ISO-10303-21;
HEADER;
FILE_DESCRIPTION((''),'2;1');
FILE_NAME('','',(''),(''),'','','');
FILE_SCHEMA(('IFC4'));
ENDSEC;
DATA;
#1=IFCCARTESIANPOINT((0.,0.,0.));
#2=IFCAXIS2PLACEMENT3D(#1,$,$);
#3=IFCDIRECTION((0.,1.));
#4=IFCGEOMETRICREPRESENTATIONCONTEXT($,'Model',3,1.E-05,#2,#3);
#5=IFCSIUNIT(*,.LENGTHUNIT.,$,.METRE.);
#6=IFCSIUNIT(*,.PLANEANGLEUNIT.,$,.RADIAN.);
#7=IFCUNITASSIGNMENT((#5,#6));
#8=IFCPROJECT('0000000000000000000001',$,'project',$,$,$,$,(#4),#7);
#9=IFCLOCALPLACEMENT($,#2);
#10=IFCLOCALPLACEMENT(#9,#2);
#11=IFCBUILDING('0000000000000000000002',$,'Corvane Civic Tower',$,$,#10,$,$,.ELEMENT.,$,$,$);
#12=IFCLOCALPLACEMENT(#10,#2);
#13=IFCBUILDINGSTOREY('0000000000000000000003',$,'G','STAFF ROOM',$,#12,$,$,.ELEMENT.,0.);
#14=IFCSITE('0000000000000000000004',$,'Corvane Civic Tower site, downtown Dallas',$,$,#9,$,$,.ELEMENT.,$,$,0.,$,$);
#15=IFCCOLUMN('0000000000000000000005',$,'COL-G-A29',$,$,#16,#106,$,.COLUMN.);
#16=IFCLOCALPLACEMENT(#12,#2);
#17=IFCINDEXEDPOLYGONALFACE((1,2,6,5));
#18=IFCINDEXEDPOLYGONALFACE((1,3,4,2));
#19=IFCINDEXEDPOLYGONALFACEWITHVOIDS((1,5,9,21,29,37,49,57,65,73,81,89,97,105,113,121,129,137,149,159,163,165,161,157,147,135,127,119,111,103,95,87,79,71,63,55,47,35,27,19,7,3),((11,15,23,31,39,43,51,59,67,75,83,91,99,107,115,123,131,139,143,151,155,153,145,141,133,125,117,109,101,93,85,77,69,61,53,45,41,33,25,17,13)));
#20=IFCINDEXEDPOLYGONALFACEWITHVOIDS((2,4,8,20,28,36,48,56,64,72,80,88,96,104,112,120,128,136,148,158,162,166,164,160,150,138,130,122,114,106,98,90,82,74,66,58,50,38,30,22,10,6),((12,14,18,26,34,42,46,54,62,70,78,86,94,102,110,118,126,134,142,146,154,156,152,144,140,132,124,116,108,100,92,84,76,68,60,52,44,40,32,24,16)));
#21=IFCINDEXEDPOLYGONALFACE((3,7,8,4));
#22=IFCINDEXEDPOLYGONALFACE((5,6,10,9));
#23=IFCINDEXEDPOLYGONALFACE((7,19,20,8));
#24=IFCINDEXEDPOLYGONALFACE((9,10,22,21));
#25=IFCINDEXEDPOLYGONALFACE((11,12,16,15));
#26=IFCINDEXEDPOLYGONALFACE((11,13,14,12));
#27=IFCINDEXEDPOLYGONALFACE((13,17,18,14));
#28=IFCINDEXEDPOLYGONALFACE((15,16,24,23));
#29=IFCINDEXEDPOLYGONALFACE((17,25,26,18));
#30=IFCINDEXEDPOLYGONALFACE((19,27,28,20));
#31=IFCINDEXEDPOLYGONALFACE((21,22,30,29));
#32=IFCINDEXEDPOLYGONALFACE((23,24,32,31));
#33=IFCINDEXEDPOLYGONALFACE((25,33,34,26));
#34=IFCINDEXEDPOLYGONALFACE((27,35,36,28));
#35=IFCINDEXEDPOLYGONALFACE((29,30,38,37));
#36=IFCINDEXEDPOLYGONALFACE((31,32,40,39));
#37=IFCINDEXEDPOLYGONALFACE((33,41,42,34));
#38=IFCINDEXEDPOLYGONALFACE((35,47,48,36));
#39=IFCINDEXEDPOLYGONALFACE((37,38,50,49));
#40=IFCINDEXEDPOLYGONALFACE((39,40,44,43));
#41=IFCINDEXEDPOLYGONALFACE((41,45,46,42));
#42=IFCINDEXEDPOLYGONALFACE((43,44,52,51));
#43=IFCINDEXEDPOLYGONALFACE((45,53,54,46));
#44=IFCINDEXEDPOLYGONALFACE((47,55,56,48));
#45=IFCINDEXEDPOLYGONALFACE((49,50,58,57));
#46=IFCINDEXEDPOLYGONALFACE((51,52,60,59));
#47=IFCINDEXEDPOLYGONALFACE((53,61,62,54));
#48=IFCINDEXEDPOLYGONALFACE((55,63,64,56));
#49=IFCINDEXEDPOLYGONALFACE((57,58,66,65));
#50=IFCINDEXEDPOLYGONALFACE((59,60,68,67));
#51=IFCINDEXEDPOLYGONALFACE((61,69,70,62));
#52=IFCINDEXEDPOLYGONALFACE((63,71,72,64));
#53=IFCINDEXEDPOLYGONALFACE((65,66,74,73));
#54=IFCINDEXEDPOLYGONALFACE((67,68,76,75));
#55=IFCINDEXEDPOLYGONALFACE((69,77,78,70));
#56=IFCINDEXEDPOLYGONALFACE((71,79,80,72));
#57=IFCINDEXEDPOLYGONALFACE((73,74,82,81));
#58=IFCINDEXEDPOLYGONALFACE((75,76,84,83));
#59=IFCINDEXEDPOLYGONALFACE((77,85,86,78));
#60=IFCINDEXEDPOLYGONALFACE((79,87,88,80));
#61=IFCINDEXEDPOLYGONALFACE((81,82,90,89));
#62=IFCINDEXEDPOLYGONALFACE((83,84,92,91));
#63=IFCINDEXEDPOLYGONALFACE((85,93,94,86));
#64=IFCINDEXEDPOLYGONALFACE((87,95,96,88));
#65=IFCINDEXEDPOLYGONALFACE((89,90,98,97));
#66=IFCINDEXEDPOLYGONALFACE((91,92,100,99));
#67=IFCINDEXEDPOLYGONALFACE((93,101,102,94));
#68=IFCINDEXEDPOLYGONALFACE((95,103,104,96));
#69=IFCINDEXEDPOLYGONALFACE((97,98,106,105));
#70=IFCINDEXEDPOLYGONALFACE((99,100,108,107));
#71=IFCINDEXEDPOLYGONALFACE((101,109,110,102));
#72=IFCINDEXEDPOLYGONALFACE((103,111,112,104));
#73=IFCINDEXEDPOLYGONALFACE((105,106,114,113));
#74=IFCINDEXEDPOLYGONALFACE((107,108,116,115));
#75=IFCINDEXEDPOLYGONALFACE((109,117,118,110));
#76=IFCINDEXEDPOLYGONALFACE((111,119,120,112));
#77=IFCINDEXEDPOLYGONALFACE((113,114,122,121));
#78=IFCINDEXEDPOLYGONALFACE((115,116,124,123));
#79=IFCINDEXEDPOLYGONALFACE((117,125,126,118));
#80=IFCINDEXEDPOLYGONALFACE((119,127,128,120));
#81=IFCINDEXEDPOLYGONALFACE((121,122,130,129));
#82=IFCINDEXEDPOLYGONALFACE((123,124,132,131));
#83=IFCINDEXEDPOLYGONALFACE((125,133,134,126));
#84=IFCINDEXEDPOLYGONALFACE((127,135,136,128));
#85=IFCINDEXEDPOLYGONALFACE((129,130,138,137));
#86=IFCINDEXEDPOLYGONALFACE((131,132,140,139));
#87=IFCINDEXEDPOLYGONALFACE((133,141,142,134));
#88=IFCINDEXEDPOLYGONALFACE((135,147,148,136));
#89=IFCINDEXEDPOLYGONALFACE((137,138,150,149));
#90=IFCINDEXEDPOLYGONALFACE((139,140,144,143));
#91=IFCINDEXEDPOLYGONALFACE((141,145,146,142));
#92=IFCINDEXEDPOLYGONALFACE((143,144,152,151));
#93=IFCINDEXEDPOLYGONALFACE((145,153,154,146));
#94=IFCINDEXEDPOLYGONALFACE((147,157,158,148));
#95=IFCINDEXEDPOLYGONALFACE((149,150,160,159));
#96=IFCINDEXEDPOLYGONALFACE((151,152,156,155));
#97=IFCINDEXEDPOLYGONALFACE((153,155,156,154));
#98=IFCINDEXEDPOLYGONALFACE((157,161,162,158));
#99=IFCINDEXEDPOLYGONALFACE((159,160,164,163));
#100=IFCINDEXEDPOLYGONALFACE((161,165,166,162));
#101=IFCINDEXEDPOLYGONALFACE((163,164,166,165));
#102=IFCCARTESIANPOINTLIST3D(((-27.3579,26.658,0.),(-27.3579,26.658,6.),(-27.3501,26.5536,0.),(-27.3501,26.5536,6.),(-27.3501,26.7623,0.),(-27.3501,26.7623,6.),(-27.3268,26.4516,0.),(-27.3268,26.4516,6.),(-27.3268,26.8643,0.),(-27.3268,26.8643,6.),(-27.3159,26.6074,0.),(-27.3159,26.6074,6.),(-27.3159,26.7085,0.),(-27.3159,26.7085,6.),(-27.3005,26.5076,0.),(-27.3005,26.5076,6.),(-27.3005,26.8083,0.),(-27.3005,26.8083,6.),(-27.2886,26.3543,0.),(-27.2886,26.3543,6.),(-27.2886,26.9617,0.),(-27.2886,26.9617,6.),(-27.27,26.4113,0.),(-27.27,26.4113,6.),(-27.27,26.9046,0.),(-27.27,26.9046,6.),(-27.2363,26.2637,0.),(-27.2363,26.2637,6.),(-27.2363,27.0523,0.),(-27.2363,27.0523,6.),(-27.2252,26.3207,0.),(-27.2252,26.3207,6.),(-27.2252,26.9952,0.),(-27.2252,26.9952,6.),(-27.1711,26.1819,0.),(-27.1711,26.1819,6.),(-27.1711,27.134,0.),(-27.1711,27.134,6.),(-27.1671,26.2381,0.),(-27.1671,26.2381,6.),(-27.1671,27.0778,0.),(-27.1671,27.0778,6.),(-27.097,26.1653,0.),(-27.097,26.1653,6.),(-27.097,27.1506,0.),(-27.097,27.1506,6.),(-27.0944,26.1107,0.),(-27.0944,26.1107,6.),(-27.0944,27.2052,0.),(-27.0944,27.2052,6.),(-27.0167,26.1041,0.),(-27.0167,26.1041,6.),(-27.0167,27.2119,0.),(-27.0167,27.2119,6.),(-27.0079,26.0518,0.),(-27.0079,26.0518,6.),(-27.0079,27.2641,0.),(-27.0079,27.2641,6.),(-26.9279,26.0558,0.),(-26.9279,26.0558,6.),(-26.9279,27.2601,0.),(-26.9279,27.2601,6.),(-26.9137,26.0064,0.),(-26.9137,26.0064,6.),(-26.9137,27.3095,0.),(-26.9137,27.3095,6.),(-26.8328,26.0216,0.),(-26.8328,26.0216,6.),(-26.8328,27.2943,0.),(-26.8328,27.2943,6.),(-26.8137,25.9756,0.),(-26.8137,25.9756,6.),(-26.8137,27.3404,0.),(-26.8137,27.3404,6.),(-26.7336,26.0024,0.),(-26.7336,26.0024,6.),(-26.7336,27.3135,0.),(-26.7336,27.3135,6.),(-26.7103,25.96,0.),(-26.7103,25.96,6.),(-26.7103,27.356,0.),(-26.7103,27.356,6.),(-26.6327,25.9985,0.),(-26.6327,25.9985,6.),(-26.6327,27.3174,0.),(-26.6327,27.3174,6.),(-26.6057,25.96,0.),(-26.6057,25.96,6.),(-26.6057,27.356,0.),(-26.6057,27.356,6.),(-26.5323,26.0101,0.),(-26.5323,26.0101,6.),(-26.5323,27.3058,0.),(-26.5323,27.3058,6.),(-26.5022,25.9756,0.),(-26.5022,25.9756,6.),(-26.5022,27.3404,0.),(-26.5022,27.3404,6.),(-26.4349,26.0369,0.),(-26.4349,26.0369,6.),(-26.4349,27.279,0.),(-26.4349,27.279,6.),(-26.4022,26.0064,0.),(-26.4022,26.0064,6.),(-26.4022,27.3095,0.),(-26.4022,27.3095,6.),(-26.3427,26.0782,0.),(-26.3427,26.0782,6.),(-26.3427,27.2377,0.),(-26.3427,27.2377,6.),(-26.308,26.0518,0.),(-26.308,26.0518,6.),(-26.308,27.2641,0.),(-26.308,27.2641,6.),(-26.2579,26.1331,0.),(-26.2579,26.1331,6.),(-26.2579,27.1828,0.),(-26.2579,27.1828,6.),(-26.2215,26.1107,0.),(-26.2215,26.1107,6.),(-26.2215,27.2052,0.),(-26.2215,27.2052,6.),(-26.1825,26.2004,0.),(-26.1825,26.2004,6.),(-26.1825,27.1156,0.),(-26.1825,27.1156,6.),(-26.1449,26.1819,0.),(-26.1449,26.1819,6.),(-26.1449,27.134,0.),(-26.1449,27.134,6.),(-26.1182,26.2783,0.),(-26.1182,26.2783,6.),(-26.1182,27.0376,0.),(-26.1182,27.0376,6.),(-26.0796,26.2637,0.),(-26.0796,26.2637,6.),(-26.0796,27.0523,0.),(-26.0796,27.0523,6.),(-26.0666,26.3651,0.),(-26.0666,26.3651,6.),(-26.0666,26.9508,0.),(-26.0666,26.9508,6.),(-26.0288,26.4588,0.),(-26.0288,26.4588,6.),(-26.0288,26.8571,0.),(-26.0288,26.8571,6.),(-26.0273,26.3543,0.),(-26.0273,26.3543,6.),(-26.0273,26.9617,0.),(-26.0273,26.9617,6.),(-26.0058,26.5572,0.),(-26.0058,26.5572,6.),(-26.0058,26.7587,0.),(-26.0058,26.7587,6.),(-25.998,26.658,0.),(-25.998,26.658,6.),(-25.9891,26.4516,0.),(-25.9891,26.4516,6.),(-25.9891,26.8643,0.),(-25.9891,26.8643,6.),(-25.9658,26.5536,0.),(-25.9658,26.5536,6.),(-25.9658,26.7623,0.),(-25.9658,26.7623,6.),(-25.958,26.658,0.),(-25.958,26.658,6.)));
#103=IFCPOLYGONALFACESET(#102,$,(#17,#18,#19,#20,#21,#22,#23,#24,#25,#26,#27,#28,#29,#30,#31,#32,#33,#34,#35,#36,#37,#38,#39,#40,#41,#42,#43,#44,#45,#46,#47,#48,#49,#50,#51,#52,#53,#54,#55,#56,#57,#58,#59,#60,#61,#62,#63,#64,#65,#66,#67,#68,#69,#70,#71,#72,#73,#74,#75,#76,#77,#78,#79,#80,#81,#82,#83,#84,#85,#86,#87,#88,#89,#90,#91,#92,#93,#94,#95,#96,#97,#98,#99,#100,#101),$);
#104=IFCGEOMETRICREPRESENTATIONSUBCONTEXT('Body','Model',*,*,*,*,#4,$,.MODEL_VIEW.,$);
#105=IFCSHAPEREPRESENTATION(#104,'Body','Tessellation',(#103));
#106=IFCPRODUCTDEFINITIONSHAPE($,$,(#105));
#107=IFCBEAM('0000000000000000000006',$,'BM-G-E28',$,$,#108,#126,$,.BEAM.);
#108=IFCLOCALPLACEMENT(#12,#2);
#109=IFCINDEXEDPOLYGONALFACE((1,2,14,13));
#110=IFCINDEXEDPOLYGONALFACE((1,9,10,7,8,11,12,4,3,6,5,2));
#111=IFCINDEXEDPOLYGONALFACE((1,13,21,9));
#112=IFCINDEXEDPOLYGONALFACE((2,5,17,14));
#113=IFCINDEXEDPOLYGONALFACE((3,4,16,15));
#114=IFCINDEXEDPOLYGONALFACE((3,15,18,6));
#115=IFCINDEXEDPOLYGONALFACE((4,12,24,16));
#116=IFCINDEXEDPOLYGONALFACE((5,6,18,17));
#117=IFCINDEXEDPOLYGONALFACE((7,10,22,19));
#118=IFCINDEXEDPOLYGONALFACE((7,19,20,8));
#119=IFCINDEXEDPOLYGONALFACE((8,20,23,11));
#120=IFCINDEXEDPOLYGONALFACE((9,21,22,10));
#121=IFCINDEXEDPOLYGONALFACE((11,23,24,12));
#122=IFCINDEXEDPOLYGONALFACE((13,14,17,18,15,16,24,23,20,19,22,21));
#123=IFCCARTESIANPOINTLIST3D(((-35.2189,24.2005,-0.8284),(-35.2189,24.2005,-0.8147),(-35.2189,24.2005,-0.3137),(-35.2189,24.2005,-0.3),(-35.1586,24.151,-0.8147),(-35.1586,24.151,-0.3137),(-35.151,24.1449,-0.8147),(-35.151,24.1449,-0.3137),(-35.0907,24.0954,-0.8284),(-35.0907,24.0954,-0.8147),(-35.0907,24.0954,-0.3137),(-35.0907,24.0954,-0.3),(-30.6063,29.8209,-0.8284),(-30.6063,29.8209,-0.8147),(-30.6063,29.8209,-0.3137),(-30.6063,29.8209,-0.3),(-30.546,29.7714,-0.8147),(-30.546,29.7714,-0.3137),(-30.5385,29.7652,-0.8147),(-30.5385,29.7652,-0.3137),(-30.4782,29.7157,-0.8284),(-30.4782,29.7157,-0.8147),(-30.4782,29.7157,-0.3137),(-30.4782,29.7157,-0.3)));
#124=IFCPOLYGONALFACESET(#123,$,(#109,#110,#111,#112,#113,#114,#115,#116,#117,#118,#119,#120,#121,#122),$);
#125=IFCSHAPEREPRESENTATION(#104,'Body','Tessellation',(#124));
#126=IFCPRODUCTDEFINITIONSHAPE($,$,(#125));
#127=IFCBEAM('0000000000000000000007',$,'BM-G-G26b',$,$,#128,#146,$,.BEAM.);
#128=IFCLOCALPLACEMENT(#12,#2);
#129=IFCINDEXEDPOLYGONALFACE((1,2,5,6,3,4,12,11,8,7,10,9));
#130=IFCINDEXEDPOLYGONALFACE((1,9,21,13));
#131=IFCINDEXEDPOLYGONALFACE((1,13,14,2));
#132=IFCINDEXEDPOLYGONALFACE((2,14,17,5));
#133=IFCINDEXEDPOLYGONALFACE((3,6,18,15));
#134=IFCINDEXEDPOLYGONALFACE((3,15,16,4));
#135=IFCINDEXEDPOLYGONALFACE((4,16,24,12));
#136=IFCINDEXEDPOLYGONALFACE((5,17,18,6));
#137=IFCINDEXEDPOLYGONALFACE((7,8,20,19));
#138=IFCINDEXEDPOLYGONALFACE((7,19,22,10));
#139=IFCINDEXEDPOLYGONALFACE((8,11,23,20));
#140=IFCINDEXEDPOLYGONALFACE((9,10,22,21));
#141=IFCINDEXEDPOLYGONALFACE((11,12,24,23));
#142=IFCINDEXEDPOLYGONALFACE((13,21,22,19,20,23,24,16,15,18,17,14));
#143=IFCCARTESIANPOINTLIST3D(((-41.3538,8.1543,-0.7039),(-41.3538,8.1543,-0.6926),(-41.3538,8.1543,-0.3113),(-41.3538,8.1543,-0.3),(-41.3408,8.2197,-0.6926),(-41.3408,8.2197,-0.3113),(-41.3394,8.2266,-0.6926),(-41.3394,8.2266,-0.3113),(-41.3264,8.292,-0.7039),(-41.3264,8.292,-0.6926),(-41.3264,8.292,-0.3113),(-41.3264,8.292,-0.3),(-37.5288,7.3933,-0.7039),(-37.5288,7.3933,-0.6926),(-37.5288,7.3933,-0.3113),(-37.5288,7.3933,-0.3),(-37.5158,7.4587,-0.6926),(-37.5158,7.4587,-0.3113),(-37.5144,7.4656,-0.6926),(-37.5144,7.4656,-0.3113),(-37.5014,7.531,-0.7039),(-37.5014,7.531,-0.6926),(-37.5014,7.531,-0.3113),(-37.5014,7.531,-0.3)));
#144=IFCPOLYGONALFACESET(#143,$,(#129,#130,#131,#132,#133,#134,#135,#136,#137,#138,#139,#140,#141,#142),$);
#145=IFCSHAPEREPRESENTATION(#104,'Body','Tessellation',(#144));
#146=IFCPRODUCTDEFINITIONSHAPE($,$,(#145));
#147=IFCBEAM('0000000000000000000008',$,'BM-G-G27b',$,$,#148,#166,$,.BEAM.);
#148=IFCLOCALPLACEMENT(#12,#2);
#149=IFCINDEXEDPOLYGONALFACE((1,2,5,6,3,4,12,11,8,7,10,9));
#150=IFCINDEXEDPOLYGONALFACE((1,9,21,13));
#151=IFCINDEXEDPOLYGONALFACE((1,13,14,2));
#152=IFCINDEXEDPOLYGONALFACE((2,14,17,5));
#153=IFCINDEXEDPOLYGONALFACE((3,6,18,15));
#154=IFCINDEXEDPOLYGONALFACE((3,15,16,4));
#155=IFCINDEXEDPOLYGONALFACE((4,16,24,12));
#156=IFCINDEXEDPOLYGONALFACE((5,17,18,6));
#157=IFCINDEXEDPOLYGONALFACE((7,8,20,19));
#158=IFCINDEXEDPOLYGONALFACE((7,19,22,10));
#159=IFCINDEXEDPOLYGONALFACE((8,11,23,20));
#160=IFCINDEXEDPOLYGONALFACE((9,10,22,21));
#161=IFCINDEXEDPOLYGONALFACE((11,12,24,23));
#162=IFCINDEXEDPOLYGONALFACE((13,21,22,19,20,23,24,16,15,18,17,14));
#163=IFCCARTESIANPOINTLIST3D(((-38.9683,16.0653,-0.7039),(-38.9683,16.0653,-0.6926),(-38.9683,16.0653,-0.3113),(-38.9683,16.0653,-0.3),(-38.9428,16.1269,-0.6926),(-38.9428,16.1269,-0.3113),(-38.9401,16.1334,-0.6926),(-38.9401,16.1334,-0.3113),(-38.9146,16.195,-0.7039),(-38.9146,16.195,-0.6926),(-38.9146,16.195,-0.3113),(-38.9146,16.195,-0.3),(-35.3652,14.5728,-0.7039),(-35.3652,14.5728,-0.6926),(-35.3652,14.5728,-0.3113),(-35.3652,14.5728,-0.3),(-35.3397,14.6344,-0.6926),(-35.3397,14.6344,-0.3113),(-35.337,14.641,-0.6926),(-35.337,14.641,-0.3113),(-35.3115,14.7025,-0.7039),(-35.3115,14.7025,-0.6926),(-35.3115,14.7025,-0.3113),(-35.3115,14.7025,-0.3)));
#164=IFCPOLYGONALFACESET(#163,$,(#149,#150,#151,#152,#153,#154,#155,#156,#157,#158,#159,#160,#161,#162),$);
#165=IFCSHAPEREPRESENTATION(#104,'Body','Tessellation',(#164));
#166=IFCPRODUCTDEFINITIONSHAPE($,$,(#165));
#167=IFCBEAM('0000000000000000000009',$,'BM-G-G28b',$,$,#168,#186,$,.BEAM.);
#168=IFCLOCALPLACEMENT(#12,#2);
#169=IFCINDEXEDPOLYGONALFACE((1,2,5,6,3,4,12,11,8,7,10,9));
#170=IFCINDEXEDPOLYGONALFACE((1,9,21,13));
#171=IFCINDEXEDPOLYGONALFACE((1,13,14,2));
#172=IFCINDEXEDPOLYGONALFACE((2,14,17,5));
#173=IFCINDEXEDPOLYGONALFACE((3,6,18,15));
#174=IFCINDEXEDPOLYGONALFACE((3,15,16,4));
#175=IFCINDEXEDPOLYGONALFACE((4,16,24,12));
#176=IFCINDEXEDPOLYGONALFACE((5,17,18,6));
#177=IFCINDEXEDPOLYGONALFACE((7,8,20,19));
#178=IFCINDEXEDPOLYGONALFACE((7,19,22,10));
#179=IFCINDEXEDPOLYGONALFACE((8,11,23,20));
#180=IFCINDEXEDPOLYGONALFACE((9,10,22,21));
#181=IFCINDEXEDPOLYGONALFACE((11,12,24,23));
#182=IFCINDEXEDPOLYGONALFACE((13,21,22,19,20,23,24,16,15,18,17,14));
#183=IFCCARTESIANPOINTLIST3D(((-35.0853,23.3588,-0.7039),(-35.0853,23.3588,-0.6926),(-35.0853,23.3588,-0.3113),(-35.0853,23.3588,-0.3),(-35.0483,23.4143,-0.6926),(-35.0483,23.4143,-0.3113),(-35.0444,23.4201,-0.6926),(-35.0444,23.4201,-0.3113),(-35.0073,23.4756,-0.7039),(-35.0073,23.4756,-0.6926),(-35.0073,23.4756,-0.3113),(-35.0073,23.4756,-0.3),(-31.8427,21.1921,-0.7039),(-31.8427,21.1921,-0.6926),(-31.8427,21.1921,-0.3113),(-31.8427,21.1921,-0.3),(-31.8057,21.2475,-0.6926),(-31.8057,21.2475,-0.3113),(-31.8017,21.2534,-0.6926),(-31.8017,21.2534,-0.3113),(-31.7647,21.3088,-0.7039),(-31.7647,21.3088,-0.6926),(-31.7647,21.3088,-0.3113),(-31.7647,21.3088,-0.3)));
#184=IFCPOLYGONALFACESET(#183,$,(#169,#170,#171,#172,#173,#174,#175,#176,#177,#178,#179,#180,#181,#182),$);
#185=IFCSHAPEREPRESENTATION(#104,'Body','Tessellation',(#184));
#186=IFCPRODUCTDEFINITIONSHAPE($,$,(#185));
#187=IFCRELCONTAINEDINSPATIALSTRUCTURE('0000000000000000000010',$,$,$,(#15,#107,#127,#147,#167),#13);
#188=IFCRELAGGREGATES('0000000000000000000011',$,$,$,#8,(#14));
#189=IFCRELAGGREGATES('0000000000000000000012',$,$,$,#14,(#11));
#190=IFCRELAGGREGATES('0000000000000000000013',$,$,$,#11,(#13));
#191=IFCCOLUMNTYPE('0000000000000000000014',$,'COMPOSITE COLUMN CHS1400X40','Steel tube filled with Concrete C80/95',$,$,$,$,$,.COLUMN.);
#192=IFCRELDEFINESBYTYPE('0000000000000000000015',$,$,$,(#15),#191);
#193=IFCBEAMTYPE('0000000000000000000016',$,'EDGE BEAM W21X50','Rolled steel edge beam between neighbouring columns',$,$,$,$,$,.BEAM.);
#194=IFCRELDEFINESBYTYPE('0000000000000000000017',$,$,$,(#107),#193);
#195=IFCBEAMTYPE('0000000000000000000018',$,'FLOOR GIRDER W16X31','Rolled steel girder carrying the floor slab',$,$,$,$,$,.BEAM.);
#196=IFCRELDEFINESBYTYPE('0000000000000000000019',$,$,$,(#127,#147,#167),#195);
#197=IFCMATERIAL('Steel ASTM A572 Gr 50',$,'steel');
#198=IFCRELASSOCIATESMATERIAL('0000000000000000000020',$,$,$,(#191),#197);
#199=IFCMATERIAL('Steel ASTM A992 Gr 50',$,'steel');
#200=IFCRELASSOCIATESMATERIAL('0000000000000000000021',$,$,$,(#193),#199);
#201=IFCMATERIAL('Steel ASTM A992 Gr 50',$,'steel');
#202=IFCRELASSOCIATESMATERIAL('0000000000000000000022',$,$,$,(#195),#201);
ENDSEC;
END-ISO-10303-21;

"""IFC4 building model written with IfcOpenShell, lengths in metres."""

from ifc_helpers import new_model, si_unit, direction, frame, origin, origin_2d, place, context, subcontext, project, spatial, hollow_circle, i_section, extrude, material, material_profile, profile_set, type_object, element, save


model = new_model("IFC4")

# Units and contexts
model_context = context("Model", 3, precision=1e-05, world=origin(), true_north=direction((0.0, 1.0)))
body_context = subcontext(model_context, "Body", "Model", "MODEL_VIEW")
ifc_project = project(units=[si_unit("LENGTHUNIT", "METRE"), si_unit("PLANEANGLEUNIT", "RADIAN")], contexts=[model_context])

# Site, building, storey
site_placement = place(None, origin())
site = spatial("IfcSite", under=ifc_project, at=site_placement, Name="Corvane Civic Tower site, downtown Dallas", CompositionType="ELEMENT", RefElevation=0.0)
building_placement = place(site_placement, origin())
building = spatial("IfcBuilding", under=site, at=building_placement, Name="Corvane Civic Tower", CompositionType="ELEMENT")
storey_placement = place(building_placement, origin())
storey = spatial("IfcBuildingStorey", under=building, at=storey_placement, Name="G", Description="STAFF ROOM", CompositionType="ELEMENT", Elevation=0.0)

# Column
ifc_material_1 = material(Name="Steel ASTM A572 Gr 50", Category="steel")
ifc_material_profile_1 = material_profile(ifc_material_1, hollow_circle(Radius=0.7, WallThickness=0.04, at=origin_2d()), Name="CHS1400X40")
ifc_profile_set_1 = profile_set([ifc_material_profile_1], Name="Steel ASTM A572 Gr 50")
column_type_1 = type_object("IfcColumnType", Name="COMPOSITE COLUMN CHS1400X40", Description="Steel tube filled with Concrete C80/95", PredefinedType="COLUMN", material=ifc_profile_set_1)
for number, where, z_axis, x_axis, name in (
    (1, (-26.658, 26.658, 0.0), (0.0, 0.0, 1.0), (1.0, 0.0, 0.0), "COL-G-A29"),
):
    element("IfcColumn", number, at=place(storey_placement, frame(where, z_axis=z_axis, x_axis=x_axis)), inside=storey, type_object=column_type_1, Name=name, PredefinedType="COLUMN", context=body_context, shape_type="SweptSolid", body=[
        extrude(hollow_circle(Radius=0.7, WallThickness=0.04, at=origin_2d()), origin(), (0.0, 0.0, 1.0), 6.0),
    ])

# Beams
ifc_material_2 = material(Name="Steel ASTM A992 Gr 50", Category="steel")
ifc_material_profile_2 = material_profile(ifc_material_2, i_section(OverallWidth=0.1658, OverallDepth=0.5283, WebThickness=0.0098, FlangeThickness=0.0137, at=origin_2d()), Name="W21X50")
ifc_profile_set_2 = profile_set([ifc_material_profile_2], Name="Steel ASTM A992 Gr 50")
beam_type_1 = type_object("IfcBeamType", Name="EDGE BEAM W21X50", Description="Rolled steel edge beam between neighbouring columns", PredefinedType="BEAM", material=ifc_profile_set_2)
beam_placement = place(storey_placement, frame((-35.1548, 24.1479, -0.5642), z_axis=(0.634396, 0.773008, 0.0), x_axis=(-0.773008, 0.634396, 0.0)))
element("IfcBeam", 2, at=beam_placement, inside=storey, type_object=beam_type_1, Name="BM-G-E28", PredefinedType="BEAM", context=body_context, shape_type="SweptSolid", body=[
    extrude(i_section(OverallWidth=0.1658, OverallDepth=0.5283, WebThickness=0.0098, FlangeThickness=0.0137, at=origin_2d()), origin(), (0.0, 0.0, 1.0), 7.2708),
])
ifc_material_3 = material(Name="Steel ASTM A992 Gr 50", Category="steel")
ifc_material_profile_3 = material_profile(ifc_material_3, i_section(OverallWidth=0.1404, OverallDepth=0.4038, WebThickness=0.0071, FlangeThickness=0.0112, at=origin_2d()), Name="W16X31")
ifc_profile_set_3 = profile_set([ifc_material_profile_3], Name="Steel ASTM A992 Gr 50")
beam_type_2 = type_object("IfcBeamType", Name="FLOOR GIRDER W16X31", Description="Rolled steel girder carrying the floor slab", PredefinedType="BEAM", material=ifc_profile_set_3)
for number, where, z_axis, x_axis, name in (
    (3, (-37.5151, 7.4622, -0.502), (-0.980778, 0.195129, 0.0), (-0.195129, -0.980778, 0.0), "BM-G-G26b"),
    (4, (-35.3384, 14.6377, -0.502), (-0.923879, 0.382685, 0.0), (-0.382685, -0.923879, 0.0), "BM-G-G27b"),
    (5, (-31.8037, 21.2505, -0.502), (-0.831462, 0.555581, 0.0), (-0.555581, -0.831462, 0.0), "BM-G-G28b"),
):
    element("IfcBeam", number, at=place(storey_placement, frame(where, z_axis=z_axis, x_axis=x_axis)), inside=storey, type_object=beam_type_2, Name=name, PredefinedType="BEAM", context=body_context, shape_type="SweptSolid", body=[
        extrude(i_section(OverallWidth=0.1404, OverallDepth=0.4038, WebThickness=0.0071, FlangeThickness=0.0112, at=origin_2d()), origin(), (0.0, 0.0, 1.0), 3.8999),
    ])

save(model, "model.ifc")
